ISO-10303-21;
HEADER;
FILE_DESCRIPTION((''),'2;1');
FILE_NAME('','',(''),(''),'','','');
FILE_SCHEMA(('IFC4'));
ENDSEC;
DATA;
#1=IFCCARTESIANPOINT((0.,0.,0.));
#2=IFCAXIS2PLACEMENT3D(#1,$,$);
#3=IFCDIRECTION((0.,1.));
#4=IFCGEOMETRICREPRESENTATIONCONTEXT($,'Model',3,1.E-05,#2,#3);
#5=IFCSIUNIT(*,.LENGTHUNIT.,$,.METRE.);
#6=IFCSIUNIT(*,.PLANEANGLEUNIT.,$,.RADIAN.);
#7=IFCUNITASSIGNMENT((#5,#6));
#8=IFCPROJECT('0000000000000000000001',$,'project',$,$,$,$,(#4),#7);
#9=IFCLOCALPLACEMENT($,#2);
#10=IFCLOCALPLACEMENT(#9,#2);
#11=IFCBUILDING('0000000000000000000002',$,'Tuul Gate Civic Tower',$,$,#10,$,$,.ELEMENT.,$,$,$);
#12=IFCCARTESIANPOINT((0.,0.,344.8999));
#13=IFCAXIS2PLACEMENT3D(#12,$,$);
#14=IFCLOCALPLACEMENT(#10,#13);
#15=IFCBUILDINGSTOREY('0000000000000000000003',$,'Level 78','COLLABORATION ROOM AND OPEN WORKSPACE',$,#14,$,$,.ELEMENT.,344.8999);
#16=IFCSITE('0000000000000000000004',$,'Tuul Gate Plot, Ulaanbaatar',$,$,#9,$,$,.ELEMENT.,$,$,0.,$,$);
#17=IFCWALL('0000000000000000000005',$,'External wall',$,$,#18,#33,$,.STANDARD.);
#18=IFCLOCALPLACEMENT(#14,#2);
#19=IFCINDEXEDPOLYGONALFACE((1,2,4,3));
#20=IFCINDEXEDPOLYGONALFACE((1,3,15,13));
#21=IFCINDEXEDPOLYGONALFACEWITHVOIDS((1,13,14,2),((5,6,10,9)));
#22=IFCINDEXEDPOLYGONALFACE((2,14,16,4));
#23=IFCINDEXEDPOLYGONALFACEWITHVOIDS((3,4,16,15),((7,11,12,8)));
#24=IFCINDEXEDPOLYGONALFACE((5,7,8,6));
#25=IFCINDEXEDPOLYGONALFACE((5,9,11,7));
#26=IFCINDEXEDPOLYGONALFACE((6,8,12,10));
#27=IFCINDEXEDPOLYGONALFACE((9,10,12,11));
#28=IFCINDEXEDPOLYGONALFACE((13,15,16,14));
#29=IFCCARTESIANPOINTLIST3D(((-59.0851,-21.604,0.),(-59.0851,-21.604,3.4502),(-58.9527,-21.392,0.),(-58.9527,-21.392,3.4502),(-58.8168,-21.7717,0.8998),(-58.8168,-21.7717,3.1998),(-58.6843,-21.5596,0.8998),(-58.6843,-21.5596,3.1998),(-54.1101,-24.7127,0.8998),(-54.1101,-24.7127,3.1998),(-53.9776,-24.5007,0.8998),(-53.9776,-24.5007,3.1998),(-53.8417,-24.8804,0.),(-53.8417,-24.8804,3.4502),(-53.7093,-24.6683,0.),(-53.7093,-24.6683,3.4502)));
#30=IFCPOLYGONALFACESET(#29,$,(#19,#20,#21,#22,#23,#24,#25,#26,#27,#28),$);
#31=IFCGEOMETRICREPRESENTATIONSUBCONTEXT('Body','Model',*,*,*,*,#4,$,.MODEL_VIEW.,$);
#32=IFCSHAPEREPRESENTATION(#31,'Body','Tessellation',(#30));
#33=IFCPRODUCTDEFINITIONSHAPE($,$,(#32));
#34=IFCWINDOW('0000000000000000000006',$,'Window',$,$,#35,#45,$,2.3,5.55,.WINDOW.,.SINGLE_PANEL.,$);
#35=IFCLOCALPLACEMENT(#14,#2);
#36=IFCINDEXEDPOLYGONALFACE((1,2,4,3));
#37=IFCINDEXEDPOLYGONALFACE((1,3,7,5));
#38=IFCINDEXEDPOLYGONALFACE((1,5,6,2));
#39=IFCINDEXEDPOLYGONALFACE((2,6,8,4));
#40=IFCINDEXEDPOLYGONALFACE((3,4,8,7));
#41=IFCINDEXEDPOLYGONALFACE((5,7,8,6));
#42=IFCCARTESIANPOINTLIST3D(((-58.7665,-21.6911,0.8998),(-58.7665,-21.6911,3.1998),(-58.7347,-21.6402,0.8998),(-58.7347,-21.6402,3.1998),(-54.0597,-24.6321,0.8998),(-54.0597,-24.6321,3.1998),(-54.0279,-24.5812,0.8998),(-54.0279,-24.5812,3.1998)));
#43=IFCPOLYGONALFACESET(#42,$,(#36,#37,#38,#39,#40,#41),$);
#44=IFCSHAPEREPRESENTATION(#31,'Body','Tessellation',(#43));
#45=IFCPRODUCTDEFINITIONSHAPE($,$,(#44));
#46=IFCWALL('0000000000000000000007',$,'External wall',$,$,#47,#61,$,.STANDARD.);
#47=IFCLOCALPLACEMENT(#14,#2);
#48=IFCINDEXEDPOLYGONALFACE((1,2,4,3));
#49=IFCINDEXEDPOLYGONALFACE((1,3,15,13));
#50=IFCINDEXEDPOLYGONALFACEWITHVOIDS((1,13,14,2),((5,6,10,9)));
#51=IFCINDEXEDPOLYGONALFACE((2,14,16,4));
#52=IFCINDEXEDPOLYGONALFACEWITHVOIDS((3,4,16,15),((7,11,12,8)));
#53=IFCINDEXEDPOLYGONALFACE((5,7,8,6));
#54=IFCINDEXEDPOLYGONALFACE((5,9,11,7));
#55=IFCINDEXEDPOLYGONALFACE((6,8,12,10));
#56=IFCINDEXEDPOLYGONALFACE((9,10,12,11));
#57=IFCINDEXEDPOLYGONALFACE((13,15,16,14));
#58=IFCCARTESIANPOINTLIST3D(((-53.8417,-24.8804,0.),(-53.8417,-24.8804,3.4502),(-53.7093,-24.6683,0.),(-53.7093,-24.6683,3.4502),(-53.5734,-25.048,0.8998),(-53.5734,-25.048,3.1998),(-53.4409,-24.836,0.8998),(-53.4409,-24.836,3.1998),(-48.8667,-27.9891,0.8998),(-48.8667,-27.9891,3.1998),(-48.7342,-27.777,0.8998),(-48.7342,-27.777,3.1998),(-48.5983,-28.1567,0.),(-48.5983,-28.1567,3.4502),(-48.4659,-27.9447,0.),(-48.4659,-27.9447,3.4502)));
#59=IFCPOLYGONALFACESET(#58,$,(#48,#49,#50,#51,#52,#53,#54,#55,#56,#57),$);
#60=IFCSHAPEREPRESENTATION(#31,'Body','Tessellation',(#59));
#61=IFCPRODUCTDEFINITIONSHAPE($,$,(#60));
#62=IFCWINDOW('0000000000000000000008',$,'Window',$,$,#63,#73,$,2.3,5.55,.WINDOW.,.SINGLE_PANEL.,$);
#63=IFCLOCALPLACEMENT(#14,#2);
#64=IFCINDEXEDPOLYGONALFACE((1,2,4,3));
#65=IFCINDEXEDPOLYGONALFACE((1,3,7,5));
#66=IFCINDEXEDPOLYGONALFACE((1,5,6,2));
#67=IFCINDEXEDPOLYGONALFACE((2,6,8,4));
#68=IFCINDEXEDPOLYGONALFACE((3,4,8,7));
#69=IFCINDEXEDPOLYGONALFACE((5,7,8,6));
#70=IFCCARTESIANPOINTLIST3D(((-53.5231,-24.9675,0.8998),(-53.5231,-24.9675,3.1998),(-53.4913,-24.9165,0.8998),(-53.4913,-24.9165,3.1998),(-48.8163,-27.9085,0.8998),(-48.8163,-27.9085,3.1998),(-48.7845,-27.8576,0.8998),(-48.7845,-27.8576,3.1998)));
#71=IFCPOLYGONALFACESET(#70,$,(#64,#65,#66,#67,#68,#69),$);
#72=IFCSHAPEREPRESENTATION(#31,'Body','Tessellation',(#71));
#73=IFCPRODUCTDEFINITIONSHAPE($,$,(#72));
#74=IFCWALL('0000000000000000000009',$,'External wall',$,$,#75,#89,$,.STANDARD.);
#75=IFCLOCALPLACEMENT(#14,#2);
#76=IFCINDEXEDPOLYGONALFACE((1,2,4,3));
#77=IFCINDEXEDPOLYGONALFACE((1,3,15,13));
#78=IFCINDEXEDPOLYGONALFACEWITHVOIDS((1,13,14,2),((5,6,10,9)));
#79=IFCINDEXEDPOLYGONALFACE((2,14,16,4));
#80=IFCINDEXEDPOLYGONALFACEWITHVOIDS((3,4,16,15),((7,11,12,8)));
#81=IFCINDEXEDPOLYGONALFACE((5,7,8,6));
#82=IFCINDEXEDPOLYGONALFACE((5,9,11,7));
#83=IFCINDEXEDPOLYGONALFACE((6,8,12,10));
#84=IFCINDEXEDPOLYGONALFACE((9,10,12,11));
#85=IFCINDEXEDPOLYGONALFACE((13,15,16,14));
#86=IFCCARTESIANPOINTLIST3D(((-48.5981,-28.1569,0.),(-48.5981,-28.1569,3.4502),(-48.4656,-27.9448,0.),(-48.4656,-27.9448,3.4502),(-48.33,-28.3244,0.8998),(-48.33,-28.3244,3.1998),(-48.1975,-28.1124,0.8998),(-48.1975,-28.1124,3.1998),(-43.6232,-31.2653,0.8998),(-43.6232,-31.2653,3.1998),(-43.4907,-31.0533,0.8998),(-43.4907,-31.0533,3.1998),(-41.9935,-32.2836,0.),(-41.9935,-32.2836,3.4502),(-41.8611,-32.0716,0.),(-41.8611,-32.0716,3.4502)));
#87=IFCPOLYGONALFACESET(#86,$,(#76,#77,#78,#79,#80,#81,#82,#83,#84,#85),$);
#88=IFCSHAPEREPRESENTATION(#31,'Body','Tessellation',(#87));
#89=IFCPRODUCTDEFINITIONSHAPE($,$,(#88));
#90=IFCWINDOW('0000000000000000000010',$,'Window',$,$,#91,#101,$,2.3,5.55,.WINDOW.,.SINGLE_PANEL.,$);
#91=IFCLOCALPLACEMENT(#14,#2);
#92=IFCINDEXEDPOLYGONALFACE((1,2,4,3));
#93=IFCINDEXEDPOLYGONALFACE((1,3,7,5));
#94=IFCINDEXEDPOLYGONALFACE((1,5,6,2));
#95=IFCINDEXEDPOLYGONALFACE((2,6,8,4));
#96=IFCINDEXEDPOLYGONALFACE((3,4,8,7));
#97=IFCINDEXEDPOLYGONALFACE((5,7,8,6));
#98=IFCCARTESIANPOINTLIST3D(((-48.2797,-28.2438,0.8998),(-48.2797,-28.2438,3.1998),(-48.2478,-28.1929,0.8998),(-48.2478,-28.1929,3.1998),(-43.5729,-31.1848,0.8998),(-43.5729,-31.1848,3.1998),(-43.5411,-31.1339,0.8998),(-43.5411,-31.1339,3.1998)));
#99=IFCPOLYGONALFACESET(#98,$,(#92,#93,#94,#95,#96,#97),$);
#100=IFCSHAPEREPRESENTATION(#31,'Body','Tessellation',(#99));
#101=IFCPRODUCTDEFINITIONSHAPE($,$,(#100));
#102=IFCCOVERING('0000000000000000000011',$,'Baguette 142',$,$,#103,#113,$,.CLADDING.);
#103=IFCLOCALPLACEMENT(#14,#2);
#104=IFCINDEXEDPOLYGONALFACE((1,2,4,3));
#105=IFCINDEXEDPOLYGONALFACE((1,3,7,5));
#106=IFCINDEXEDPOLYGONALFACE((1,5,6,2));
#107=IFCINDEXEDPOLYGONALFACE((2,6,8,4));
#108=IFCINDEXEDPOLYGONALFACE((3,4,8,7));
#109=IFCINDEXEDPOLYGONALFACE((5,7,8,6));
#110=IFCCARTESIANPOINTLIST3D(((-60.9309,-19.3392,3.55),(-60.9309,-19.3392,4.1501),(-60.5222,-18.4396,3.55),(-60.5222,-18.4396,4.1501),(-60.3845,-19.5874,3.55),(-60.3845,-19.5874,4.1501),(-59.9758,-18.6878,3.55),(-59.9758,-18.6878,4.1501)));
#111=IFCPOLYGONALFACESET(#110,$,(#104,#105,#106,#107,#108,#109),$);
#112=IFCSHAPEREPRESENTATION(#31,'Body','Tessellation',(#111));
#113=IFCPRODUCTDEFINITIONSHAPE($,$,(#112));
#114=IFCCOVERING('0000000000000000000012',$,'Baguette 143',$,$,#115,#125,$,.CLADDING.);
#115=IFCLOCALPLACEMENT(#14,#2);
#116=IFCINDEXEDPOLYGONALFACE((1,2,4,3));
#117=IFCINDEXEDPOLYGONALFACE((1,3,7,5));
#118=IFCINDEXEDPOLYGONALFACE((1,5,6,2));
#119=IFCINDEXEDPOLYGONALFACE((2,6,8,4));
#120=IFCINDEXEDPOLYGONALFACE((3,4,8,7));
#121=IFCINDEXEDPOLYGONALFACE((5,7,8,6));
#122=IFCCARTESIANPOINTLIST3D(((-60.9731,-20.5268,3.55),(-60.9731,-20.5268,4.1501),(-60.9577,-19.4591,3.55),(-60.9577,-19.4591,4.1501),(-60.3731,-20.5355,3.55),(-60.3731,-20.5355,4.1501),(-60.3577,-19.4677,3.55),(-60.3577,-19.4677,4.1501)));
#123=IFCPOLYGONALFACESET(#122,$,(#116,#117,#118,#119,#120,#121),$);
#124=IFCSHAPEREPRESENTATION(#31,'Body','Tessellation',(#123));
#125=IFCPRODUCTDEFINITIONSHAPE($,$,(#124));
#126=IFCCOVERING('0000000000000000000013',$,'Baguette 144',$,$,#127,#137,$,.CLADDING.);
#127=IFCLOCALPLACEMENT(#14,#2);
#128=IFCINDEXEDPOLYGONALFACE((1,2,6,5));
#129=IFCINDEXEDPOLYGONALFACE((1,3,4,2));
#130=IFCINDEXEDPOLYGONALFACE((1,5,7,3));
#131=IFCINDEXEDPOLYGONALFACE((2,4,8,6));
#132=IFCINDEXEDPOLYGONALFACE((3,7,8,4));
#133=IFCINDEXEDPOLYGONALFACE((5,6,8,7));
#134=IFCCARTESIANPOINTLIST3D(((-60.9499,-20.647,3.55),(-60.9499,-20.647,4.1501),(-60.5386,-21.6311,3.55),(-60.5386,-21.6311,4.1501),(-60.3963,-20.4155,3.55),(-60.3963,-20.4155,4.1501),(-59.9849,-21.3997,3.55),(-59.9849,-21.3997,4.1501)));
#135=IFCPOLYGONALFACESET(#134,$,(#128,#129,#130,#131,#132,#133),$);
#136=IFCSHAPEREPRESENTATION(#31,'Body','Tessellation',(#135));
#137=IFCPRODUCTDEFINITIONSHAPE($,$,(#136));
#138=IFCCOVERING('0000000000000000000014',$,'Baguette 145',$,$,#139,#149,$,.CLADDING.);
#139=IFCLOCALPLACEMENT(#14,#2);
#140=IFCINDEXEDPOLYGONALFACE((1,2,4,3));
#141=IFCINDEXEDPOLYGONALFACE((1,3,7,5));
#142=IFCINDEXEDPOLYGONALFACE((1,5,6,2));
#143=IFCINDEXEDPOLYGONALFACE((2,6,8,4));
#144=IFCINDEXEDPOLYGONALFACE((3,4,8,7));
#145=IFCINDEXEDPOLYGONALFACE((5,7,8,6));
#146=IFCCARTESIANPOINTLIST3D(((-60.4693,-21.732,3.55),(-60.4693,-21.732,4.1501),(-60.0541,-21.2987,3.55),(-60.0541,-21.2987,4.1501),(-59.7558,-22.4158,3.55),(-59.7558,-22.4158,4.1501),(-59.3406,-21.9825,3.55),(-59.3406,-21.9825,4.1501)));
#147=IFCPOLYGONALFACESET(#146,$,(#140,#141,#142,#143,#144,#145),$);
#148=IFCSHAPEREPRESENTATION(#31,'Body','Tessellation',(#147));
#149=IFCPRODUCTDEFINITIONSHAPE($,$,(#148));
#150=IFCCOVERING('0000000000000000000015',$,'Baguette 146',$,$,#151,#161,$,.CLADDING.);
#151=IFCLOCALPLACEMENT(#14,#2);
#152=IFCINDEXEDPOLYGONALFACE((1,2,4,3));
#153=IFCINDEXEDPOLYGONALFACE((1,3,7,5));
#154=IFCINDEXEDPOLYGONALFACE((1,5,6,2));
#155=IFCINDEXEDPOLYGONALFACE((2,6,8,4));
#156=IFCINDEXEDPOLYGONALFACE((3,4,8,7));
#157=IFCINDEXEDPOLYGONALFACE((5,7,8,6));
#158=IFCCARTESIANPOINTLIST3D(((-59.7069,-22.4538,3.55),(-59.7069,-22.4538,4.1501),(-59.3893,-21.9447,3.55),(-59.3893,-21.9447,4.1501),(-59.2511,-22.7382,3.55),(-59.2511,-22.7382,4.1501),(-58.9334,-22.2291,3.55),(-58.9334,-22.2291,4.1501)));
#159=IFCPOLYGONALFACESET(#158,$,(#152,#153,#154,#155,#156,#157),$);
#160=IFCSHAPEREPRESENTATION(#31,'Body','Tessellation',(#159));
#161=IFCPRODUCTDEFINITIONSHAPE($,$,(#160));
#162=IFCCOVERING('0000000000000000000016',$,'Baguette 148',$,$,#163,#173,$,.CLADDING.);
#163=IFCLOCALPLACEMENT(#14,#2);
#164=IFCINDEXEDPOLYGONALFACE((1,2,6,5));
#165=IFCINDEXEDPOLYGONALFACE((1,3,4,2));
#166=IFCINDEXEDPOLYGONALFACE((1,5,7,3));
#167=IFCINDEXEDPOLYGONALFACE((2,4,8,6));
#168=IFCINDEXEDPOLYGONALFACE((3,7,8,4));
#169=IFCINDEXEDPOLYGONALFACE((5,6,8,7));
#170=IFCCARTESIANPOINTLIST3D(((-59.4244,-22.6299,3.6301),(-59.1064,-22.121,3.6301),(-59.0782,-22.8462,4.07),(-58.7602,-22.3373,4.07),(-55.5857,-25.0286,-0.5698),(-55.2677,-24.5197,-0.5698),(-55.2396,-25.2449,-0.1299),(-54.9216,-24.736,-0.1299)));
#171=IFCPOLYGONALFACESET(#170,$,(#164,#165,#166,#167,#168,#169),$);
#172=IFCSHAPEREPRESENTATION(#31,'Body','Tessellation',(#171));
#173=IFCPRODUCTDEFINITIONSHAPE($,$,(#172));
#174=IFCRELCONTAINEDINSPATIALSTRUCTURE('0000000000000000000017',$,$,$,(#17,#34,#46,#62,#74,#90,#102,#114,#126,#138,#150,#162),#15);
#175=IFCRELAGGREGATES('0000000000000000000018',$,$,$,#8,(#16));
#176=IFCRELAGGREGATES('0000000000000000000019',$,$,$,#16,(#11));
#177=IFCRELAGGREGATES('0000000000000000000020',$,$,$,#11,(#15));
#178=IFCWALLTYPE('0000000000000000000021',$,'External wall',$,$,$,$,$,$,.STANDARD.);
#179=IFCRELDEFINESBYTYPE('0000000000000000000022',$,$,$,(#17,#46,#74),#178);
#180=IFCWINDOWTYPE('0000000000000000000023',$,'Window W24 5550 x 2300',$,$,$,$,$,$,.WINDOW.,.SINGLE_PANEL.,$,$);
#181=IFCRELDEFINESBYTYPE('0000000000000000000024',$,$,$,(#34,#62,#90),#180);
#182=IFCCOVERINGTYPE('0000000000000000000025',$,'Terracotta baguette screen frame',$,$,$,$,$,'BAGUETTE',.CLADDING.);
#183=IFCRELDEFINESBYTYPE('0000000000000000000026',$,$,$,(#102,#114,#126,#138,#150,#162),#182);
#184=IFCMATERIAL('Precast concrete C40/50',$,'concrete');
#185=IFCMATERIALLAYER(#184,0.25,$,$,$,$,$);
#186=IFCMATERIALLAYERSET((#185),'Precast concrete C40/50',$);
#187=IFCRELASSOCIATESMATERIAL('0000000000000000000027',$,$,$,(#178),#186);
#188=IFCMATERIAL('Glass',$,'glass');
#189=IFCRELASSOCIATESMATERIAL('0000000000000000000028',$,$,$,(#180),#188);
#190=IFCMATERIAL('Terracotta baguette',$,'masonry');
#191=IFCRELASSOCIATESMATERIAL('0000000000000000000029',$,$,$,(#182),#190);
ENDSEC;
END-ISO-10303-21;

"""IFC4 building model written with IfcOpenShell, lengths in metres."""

from ifc_helpers import new_model, si_unit, direction, frame, frame_2d, origin, origin_2d, place, context, subcontext, project, spatial, rectangle, extrude, material, layer, layer_set, material_profile, profile_set, type_object, element, fill, save


model = new_model("IFC4")

# Units and contexts
model_context = context("Model", 3, precision=1e-05, world=origin(), true_north=direction((0.0, 1.0)))
body_context = subcontext(model_context, "Body", "Model", "MODEL_VIEW")
ifc_project = project(units=[si_unit("LENGTHUNIT", "METRE"), si_unit("PLANEANGLEUNIT", "RADIAN")], contexts=[model_context])

# Site, building, storey
site_placement = place(None, origin())
site = spatial("IfcSite", under=ifc_project, at=site_placement, Name="Tuul Gate Plot, Ulaanbaatar", CompositionType="ELEMENT", RefElevation=0.0)
building_placement = place(site_placement, origin())
building = spatial("IfcBuilding", under=site, at=building_placement, Name="Tuul Gate Civic Tower", CompositionType="ELEMENT")
storey_placement = place(building_placement, frame((0.0, 0.0, 344.8999)))
storey = spatial("IfcBuildingStorey", under=building, at=storey_placement, Name="Level 78", Description="COLLABORATION ROOM AND OPEN WORKSPACE", CompositionType="ELEMENT", Elevation=344.8999)

# Shared definitions
ifc_material_1 = material(Name="Precast concrete C40/50", Category="concrete")
ifc_layer_1 = layer(ifc_material_1, 0.25)
ifc_layer_set_1 = layer_set([ifc_layer_1], Name="Precast concrete C40/50")
wall_type_1 = type_object("IfcWallType", Name="External wall", PredefinedType="STANDARD", material=ifc_layer_set_1)

# Walls, openings, windows
wall_1_placement = place(storey_placement, frame((-59.0188, -21.498, 0.0), z_axis=(0.0, 0.0, 1.0), x_axis=(0.848054, -0.52991, 0.0)))
wall_1 = element("IfcWall", 1, at=wall_1_placement, inside=storey, type_object=wall_type_1, Name="External wall", PredefinedType="STANDARD", context=body_context, shape_type="SweptSolid", body=[
    extrude(rectangle(XDim=6.1829, YDim=0.25, at=frame_2d((3.0913, 0.0))), origin(), (0.0, 0.0, 1.0), 3.4502),
])
opening_1_placement = place(wall_1_placement, frame((0.3164, 0.0, 0.8999)))
opening_1 = element("IfcOpeningElement", 2, at=opening_1_placement, cuts=wall_1, PredefinedType="OPENING", context=body_context, shape_type="SweptSolid", body=[
    extrude(rectangle(XDim=5.55, YDim=2.3, at=frame_2d((2.7749, 1.1499))), frame((0.0, 0.135, 0.0), z_axis=(0.0, -1.0, 0.0), x_axis=(1.0, 0.0, 0.0)), (0.0, 0.0, 1.0), 0.27),
])
ifc_material_2 = material(Name="Glass", Category="glass")
window_type = type_object("IfcWindowType", Name="Window W24 5550 x 2300", PartitioningType="SINGLE_PANEL", PredefinedType="WINDOW", material=ifc_material_2)
window_1_placement = place(opening_1_placement, origin())
window_1 = element("IfcWindow", 3, at=window_1_placement, inside=storey, type_object=window_type, Name="Window", OverallHeight=2.3, OverallWidth=5.55, PartitioningType="SINGLE_PANEL", PredefinedType="WINDOW", context=body_context, shape_type="SweptSolid", body=[
    extrude(rectangle(XDim=5.55, YDim=2.3, at=frame_2d((2.7749, 1.1499))), frame((0.0, 0.03, 0.0), z_axis=(0.0, -1.0, 0.0), x_axis=(1.0, 0.0, 0.0)), (0.0, 0.0, 1.0), 0.0601),
])
fill(opening_1, window_1)
wall_2_placement = place(storey_placement, frame((-53.7754, -24.7744, 0.0), z_axis=(0.0, 0.0, 1.0), x_axis=(0.848054, -0.52991, 0.0)))
wall_2 = element("IfcWall", 4, at=wall_2_placement, inside=storey, type_object=wall_type_1, Name="External wall", PredefinedType="STANDARD", context=body_context, shape_type="SweptSolid", body=[
    extrude(rectangle(XDim=6.1829, YDim=0.25, at=frame_2d((3.0913, 0.0))), origin(), (0.0, 0.0, 1.0), 3.4502),
])
opening_2_placement = place(wall_2_placement, frame((0.3164, 0.0, 0.8999)))
opening_2 = element("IfcOpeningElement", 5, at=opening_2_placement, cuts=wall_2, PredefinedType="OPENING", context=body_context, shape_type="SweptSolid", body=[
    extrude(rectangle(XDim=5.55, YDim=2.3, at=frame_2d((2.7749, 1.1499))), frame((0.0, 0.135, 0.0), z_axis=(0.0, -1.0, 0.0), x_axis=(1.0, 0.0, 0.0)), (0.0, 0.0, 1.0), 0.27),
])
window_2_placement = place(opening_2_placement, origin())
window_2 = element("IfcWindow", 6, at=window_2_placement, inside=storey, type_object=window_type, Name="Window", OverallHeight=2.3, OverallWidth=5.55, PartitioningType="SINGLE_PANEL", PredefinedType="WINDOW", context=body_context, shape_type="SweptSolid", body=[
    extrude(rectangle(XDim=5.55, YDim=2.3, at=frame_2d((2.7749, 1.1499))), frame((0.0, 0.03, 0.0), z_axis=(0.0, -1.0, 0.0), x_axis=(1.0, 0.0, 0.0)), (0.0, 0.0, 1.0), 0.0601),
])
fill(opening_2, window_2)
wall_3_placement = place(storey_placement, frame((-48.532, -28.0508, 0.0), z_axis=(0.0, 0.0, 1.0), x_axis=(0.848062, -0.529897, 0.0)))
wall_3 = element("IfcWall", 7, at=wall_3_placement, inside=storey, type_object=wall_type_1, Name="External wall", PredefinedType="STANDARD", context=body_context, shape_type="SweptSolid", body=[
    extrude(rectangle(XDim=7.7878, YDim=0.25, at=frame_2d((3.894, 0.0))), origin(), (0.0, 0.0, 1.0), 3.4502),
])
opening_3_placement = place(wall_3_placement, frame((0.3164, 0.0, 0.8999)))
opening_3 = element("IfcOpeningElement", 8, at=opening_3_placement, cuts=wall_3, PredefinedType="OPENING", context=body_context, shape_type="SweptSolid", body=[
    extrude(rectangle(XDim=5.55, YDim=2.3, at=frame_2d((2.7749, 1.1499))), frame((0.0, 0.135, 0.0), z_axis=(0.0, -1.0, 0.0), x_axis=(1.0, 0.0, 0.0)), (0.0, 0.0, 1.0), 0.27),
])
window_3_placement = place(opening_3_placement, origin())
window_3 = element("IfcWindow", 9, at=window_3_placement, inside=storey, type_object=window_type, Name="Window", OverallHeight=2.3, OverallWidth=5.55, PartitioningType="SINGLE_PANEL", PredefinedType="WINDOW", context=body_context, shape_type="SweptSolid", body=[
    extrude(rectangle(XDim=5.55, YDim=2.3, at=frame_2d((2.7749, 1.1499))), frame((0.0, 0.03, 0.0), z_axis=(0.0, -1.0, 0.0), x_axis=(1.0, 0.0, 0.0)), (0.0, 0.0, 1.0), 0.0601),
])
fill(opening_3, window_3)

# Coverings
ifc_material_3 = material(Name="Terracotta baguette", Category="masonry")
ifc_material_profile_1 = material_profile(ifc_material_3, rectangle(XDim=0.6001, YDim=0.6001, at=origin_2d()), Name="Terracotta baguette screen frame")
ifc_profile_set_1 = profile_set([ifc_material_profile_1], Name="Terracotta baguette")
covering_type = type_object("IfcCoveringType", Name="Terracotta baguette screen frame", ElementType="BAGUETTE", PredefinedType="CLADDING", material=ifc_profile_set_1)
covering_1_placement = place(storey_placement, frame((-60.249, -18.5637, 3.8501), z_axis=(-0.413598, -0.91046, 0.0), x_axis=(0.91046, -0.413598, 0.0)))
element("IfcCovering", 10, at=covering_1_placement, inside=storey, type_object=covering_type, Name="Baguette 142", PredefinedType="CLADDING", context=body_context, shape_type="SweptSolid", body=[
    extrude(rectangle(XDim=0.6001, YDim=0.6001, at=origin_2d()), origin(), (0.0, 0.0, 1.0), 0.988),
])
covering_2_placement = place(storey_placement, frame((-60.6577, -19.4634, 3.8501), z_axis=(-0.014402, -0.999896, 0.0), x_axis=(0.999896, -0.014402, 0.0)))
element("IfcCovering", 11, at=covering_2_placement, inside=storey, type_object=covering_type, Name="Baguette 143", PredefinedType="CLADDING", context=body_context, shape_type="SweptSolid", body=[
    extrude(rectangle(XDim=0.6001, YDim=0.6001, at=origin_2d()), origin(), (0.0, 0.0, 1.0), 1.0679),
])
covering_3_placement = place(storey_placement, frame((-60.6731, -20.5312, 3.8501), z_axis=(0.385672, -0.922636, 0.0), x_axis=(0.922636, 0.385672, 0.0)))
element("IfcCovering", 12, at=covering_3_placement, inside=storey, type_object=covering_type, Name="Baguette 144", PredefinedType="CLADDING", context=body_context, shape_type="SweptSolid", body=[
    extrude(rectangle(XDim=0.6001, YDim=0.6001, at=origin_2d()), origin(), (0.0, 0.0, 1.0), 1.0667),
])
covering_4_placement = place(storey_placement, frame((-60.2617, -21.5154, 3.8501), z_axis=(0.722014, -0.691879, 0.0), x_axis=(0.691879, 0.722014, 0.0)))
element("IfcCovering", 13, at=covering_4_placement, inside=storey, type_object=covering_type, Name="Baguette 145", PredefinedType="CLADDING", context=body_context, shape_type="SweptSolid", body=[
    extrude(rectangle(XDim=0.6001, YDim=0.6001, at=origin_2d()), origin(), (0.0, 0.0, 1.0), 0.9883),
])
covering_5_placement = place(storey_placement, frame((-59.5481, -22.1992, 3.8501), z_axis=(0.848381, -0.529386, 0.0), x_axis=(0.529386, 0.848381, 0.0)))
element("IfcCovering", 14, at=covering_5_placement, inside=storey, type_object=covering_type, Name="Baguette 146", PredefinedType="CLADDING", context=body_context, shape_type="SweptSolid", body=[
    extrude(rectangle(XDim=0.6001, YDim=0.6001, at=origin_2d()), origin(), (0.0, 0.0, 1.0), 0.5374),
])
covering_6_placement = place(storey_placement, frame((-59.0923, -22.4836, 3.8501), z_axis=(0.621658, -0.388462, -0.680175), x_axis=(0.529926, 0.848044, 0.0)))
element("IfcCovering", 15, at=covering_6_placement, inside=storey, type_object=covering_type, Name="Baguette 148", PredefinedType="CLADDING", context=body_context, shape_type="SweptSolid", body=[
    extrude(rectangle(XDim=0.6001, YDim=0.6001, at=origin_2d()), origin(), (0.0, 0.0, 1.0), 6.1748),
])

save(model, "model.ifc")
